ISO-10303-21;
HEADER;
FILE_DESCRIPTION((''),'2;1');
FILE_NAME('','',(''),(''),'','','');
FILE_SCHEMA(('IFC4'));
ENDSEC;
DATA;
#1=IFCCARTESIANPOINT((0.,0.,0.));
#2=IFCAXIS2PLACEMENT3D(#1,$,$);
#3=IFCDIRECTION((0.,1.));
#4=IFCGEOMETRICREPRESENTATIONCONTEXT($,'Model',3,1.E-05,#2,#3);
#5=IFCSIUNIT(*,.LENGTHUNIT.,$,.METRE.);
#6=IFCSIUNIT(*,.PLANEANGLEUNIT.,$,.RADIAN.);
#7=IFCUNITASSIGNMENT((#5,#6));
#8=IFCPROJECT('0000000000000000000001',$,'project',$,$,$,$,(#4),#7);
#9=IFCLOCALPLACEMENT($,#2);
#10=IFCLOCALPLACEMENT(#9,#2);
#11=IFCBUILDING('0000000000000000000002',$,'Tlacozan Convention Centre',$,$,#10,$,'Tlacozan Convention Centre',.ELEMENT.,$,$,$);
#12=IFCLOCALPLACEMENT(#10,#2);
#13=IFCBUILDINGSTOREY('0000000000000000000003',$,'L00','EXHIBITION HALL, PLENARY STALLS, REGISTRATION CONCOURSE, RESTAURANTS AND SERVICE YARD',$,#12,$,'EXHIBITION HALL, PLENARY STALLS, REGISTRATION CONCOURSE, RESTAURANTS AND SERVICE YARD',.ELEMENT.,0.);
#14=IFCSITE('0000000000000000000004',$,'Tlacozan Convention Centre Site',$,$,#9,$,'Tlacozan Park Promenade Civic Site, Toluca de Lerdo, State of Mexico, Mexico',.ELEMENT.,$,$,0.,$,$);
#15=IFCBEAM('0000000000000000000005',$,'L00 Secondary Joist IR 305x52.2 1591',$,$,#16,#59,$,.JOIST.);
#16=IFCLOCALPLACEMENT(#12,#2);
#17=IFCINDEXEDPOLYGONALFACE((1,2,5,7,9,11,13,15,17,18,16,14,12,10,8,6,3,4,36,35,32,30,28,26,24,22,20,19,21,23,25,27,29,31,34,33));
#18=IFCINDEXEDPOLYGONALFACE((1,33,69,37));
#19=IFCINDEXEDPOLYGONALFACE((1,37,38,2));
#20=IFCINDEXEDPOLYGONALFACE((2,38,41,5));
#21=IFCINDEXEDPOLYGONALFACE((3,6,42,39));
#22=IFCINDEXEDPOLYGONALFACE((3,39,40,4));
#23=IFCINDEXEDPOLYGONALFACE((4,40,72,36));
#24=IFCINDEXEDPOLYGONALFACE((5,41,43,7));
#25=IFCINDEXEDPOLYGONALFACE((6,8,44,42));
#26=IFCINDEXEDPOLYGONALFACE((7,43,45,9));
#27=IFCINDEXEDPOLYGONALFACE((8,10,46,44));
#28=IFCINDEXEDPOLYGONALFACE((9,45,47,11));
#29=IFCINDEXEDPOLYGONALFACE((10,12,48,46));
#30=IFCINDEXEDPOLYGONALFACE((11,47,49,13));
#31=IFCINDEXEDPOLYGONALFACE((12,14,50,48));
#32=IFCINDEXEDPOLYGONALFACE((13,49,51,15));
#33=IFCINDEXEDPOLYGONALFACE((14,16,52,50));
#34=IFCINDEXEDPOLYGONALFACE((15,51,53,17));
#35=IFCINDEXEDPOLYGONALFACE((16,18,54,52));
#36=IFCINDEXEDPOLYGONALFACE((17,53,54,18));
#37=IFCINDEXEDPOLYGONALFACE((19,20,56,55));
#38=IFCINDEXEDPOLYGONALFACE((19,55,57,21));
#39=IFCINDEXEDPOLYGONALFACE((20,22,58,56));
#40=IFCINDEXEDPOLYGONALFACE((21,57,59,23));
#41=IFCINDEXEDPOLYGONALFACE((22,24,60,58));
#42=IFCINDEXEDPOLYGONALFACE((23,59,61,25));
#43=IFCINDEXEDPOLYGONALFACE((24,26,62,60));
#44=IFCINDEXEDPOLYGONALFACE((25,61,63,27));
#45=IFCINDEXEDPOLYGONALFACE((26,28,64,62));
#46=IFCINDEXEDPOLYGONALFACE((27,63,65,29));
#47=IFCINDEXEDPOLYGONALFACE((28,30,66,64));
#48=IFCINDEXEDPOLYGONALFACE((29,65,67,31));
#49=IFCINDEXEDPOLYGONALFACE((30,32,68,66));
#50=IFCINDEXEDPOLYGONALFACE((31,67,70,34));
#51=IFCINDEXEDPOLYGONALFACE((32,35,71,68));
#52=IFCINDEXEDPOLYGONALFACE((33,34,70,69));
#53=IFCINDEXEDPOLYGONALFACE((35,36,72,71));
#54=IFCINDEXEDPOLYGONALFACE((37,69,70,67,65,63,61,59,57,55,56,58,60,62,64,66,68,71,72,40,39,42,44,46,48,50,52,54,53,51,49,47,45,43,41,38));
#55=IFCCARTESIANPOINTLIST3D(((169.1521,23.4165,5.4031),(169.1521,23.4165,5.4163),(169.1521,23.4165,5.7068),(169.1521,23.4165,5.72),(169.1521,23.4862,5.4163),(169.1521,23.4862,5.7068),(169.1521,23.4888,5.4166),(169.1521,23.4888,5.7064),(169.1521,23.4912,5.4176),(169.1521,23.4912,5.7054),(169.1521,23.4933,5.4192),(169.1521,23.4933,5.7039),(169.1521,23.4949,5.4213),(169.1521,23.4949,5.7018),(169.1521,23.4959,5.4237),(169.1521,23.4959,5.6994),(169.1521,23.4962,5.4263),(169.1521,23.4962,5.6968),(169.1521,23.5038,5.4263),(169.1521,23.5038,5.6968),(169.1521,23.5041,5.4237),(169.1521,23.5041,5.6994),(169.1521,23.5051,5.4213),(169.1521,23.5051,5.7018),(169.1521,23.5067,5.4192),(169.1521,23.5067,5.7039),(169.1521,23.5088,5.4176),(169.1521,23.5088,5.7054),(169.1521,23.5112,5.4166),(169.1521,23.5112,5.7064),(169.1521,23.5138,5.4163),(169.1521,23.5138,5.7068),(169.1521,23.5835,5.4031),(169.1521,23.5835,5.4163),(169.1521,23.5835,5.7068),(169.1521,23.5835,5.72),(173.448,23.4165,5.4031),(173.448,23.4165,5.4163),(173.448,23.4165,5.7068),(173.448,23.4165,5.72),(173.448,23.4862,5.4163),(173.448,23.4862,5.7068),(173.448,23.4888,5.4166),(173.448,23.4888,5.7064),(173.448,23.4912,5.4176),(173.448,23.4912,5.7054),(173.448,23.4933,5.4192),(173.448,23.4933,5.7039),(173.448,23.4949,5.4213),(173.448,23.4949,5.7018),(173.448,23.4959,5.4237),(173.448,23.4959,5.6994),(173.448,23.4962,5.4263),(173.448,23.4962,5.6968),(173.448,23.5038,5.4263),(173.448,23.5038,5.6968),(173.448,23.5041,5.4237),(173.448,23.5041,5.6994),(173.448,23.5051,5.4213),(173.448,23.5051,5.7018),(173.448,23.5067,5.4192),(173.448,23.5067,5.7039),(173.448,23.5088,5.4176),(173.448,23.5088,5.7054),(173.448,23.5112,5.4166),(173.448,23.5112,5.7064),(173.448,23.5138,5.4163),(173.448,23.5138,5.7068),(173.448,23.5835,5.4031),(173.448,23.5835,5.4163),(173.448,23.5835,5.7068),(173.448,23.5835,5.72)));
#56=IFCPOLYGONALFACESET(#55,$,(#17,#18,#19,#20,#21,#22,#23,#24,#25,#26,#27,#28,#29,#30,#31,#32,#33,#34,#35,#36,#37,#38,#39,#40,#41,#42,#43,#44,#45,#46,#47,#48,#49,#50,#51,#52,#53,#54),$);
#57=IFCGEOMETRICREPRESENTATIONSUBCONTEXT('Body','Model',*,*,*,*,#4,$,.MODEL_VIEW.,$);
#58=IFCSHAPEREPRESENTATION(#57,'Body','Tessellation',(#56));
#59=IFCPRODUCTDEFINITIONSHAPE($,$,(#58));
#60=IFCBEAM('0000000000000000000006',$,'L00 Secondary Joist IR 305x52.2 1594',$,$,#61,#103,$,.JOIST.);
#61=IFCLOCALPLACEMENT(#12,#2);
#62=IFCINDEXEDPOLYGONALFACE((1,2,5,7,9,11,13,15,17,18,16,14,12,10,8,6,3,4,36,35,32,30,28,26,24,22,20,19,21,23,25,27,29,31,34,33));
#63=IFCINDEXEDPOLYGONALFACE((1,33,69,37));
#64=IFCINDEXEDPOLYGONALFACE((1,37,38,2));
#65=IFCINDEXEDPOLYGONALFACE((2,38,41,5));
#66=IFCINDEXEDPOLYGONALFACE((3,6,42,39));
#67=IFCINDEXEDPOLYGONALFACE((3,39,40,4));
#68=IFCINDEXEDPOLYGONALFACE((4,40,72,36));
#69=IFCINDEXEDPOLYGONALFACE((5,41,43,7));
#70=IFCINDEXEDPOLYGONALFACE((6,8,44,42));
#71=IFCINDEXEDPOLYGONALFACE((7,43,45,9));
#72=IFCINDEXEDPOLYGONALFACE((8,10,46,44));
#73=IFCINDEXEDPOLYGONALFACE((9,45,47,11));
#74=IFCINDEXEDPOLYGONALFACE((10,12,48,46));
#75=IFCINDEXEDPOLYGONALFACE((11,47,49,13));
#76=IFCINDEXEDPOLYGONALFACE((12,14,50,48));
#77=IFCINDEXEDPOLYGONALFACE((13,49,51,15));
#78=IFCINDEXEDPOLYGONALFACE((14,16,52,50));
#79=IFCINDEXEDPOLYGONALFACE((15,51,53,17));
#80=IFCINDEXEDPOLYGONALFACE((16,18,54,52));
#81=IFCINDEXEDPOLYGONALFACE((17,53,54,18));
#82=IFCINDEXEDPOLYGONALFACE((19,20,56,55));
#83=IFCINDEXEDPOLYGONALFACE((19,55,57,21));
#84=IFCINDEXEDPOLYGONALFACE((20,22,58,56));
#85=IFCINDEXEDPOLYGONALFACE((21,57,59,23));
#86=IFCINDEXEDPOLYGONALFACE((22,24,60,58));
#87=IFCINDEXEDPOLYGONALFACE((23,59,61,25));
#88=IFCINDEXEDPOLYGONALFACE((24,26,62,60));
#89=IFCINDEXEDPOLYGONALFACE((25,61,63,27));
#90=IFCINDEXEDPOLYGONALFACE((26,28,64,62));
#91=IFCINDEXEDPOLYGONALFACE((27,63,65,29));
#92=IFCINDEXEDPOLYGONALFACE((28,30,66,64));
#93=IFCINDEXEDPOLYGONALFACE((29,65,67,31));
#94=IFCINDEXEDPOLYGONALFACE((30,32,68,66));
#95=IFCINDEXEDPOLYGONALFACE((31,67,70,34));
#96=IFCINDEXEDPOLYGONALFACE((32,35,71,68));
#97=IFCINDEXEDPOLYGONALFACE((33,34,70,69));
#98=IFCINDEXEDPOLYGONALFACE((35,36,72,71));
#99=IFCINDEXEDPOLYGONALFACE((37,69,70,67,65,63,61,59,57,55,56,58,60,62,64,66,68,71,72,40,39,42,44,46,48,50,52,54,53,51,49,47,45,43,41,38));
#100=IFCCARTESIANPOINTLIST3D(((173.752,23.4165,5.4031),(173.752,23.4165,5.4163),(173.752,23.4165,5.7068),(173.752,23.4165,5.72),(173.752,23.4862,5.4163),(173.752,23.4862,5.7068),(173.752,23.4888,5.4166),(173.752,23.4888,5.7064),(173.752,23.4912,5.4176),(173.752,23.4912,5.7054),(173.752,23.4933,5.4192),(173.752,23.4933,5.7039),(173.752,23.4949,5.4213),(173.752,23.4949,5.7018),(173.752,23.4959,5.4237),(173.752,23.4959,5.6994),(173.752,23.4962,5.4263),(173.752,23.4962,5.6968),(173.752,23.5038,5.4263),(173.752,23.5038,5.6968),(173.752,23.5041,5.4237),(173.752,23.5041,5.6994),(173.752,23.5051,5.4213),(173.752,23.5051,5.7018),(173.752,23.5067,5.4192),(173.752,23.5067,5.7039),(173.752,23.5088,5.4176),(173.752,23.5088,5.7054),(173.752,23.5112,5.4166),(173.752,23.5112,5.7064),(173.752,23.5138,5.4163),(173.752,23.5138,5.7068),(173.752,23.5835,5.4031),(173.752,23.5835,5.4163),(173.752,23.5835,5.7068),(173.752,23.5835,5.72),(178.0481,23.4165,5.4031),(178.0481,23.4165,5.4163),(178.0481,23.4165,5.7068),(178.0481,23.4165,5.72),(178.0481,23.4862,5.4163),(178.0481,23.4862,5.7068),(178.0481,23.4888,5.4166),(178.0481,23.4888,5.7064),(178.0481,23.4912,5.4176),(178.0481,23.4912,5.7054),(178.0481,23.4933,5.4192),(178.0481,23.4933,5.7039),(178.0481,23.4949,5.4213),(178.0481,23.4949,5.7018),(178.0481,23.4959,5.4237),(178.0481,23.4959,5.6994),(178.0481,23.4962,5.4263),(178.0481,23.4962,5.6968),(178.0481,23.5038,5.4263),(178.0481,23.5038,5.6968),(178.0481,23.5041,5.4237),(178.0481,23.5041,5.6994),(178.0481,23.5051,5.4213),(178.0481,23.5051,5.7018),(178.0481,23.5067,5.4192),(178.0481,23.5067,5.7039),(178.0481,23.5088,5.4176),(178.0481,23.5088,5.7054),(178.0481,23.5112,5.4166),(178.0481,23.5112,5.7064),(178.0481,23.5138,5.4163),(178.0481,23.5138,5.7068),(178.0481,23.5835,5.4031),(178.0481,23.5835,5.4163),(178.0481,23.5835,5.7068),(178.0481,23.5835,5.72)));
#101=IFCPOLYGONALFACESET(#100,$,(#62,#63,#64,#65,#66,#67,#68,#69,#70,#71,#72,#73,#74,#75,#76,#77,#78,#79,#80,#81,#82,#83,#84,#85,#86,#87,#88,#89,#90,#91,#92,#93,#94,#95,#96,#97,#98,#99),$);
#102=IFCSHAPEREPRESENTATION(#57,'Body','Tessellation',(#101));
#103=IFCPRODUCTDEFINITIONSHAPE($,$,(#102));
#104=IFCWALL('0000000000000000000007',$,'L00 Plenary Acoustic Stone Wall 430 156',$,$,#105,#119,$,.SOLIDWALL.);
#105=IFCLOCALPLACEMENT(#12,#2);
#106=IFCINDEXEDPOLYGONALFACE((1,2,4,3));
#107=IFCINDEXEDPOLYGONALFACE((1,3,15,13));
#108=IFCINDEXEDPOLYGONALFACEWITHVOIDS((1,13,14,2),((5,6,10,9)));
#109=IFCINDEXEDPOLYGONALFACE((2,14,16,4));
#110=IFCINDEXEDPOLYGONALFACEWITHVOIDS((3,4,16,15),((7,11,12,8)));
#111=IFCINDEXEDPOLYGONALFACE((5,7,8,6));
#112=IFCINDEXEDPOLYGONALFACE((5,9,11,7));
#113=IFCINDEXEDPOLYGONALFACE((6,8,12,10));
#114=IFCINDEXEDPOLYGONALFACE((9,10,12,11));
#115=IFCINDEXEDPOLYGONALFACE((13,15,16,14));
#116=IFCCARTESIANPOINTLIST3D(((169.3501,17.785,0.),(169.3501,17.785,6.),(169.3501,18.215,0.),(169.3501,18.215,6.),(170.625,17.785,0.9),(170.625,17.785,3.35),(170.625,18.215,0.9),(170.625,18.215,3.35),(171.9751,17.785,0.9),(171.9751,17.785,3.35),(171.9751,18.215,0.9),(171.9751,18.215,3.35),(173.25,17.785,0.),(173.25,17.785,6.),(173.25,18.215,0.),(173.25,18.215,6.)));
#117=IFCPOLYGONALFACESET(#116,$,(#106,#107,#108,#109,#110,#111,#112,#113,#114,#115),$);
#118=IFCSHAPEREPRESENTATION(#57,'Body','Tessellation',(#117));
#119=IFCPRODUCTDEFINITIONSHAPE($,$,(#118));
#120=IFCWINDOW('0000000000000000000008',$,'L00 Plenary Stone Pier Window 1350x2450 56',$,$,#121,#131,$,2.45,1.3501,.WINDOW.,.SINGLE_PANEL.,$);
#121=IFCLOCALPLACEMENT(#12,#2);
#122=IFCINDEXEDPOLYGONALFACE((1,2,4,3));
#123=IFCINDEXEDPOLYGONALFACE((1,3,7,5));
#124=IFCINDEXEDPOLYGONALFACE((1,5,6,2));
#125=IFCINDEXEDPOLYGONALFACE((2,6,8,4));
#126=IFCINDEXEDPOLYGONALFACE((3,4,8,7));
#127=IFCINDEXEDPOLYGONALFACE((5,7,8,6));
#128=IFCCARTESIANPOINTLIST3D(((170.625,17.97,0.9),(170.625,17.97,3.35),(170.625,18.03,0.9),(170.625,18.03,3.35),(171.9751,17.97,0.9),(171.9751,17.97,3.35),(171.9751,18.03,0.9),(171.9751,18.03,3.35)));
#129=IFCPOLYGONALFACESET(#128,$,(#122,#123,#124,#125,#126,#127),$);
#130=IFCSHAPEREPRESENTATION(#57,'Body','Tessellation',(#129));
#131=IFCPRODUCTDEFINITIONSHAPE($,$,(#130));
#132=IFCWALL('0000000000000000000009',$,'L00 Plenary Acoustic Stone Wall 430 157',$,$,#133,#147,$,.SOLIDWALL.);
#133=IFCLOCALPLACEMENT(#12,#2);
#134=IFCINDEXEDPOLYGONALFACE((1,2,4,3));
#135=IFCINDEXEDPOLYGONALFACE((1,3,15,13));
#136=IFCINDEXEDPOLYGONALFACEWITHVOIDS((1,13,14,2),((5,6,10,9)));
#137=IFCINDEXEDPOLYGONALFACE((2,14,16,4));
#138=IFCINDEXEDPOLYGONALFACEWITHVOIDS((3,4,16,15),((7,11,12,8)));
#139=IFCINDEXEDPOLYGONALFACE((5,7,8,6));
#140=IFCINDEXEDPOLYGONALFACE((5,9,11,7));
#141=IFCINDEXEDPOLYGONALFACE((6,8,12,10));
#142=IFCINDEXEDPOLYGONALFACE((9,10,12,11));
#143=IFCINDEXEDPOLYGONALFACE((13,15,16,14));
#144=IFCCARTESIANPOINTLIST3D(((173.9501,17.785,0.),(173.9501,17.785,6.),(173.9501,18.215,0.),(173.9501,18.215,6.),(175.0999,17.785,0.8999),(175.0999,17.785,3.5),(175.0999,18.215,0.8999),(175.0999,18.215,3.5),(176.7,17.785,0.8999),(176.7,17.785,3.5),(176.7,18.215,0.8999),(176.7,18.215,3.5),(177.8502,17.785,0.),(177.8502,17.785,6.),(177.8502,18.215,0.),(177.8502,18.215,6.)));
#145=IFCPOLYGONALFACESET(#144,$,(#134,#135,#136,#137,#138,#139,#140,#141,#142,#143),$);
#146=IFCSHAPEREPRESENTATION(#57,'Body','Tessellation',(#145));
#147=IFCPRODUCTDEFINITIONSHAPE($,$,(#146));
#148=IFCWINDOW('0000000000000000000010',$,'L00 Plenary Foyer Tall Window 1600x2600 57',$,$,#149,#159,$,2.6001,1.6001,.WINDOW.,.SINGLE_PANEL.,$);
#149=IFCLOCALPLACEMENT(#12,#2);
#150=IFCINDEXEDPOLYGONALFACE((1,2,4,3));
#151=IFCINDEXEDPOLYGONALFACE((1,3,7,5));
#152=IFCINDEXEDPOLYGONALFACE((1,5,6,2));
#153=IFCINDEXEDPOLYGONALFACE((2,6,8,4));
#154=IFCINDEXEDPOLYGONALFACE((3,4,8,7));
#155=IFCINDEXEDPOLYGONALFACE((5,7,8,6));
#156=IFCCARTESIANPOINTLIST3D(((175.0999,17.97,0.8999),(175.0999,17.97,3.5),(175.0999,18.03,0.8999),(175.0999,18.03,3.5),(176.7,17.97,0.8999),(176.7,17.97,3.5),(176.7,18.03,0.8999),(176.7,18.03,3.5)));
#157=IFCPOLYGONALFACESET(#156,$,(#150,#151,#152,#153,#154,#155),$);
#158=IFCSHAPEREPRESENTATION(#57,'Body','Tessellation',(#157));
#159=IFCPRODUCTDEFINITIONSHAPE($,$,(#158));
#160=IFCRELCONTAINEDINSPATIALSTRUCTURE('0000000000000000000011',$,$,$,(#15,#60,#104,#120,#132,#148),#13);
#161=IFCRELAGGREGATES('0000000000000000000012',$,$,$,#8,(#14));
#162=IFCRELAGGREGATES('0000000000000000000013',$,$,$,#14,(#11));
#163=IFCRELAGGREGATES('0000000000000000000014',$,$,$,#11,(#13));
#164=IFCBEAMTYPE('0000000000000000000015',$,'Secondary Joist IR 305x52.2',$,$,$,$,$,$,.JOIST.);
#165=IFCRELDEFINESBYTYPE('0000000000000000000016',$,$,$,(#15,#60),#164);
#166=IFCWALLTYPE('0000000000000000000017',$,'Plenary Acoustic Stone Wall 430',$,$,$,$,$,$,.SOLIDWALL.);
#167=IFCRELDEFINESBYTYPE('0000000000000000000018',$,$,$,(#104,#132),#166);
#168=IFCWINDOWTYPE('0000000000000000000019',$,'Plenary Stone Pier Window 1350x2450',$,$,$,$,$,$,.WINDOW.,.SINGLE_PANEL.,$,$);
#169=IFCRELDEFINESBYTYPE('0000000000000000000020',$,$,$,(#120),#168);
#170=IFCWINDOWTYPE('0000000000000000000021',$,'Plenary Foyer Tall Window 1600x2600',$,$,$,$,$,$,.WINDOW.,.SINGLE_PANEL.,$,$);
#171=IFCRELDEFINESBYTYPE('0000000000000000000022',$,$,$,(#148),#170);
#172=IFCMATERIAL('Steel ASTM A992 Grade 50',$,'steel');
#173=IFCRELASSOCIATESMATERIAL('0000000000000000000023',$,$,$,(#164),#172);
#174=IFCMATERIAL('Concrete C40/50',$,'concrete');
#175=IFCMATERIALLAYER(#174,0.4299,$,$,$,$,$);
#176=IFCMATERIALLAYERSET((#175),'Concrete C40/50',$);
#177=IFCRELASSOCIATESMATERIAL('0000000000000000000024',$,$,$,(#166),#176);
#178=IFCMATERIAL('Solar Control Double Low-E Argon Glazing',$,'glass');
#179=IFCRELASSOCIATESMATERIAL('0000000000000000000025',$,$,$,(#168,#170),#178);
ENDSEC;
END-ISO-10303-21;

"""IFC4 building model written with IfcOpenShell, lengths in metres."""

from ifc_helpers import new_model, si_unit, direction, frame, frame_2d, origin, origin_2d, place, context, subcontext, project, spatial, rectangle, i_section, extrude, material, layer, layer_set, material_profile, profile_set, type_object, element, fill, save


model = new_model("IFC4")

# Units and contexts
model_context = context("Model", 3, precision=1e-05, world=origin(), true_north=direction((0.0, 1.0)))
body_context = subcontext(model_context, "Body", "Model", "MODEL_VIEW")
ifc_project = project(units=[si_unit("LENGTHUNIT", "METRE"), si_unit("PLANEANGLEUNIT", "RADIAN")], contexts=[model_context])

# Site, building, storey
site_placement = place(None, origin())
site = spatial("IfcSite", under=ifc_project, at=site_placement, Name="Tlacozan Convention Centre Site", LongName="Tlacozan Park Promenade Civic Site, Toluca de Lerdo, State of Mexico, Mexico", CompositionType="ELEMENT", RefElevation=0.0)
building_placement = place(site_placement, origin())
building = spatial("IfcBuilding", under=site, at=building_placement, Name="Tlacozan Convention Centre", LongName="Tlacozan Convention Centre", CompositionType="ELEMENT")
storey_placement = place(building_placement, origin())
storey = spatial("IfcBuildingStorey", under=building, at=storey_placement, Name="L00", Description="EXHIBITION HALL, PLENARY STALLS, REGISTRATION CONCOURSE, RESTAURANTS AND SERVICE YARD", LongName="EXHIBITION HALL, PLENARY STALLS, REGISTRATION CONCOURSE, RESTAURANTS AND SERVICE YARD", CompositionType="ELEMENT", Elevation=0.0)

# Shared definitions
ifc_material_1 = material(Name="Concrete C40/50", Category="concrete")

# Beams
ifc_material_2 = material(Name="Steel ASTM A992 Grade 50", Category="steel")
ifc_material_profile_1 = material_profile(ifc_material_2, i_section(OverallWidth=0.167, OverallDepth=0.3169, WebThickness=0.0076, FlangeThickness=0.0132, FilletRadius=0.01, at=origin_2d()), Name="IR 305x52.2")
ifc_profile_set_1 = profile_set([ifc_material_profile_1], Name="Steel ASTM A992 Grade 50")
beam_type_1 = type_object("IfcBeamType", Name="Secondary Joist IR 305x52.2", PredefinedType="JOIST", material=ifc_profile_set_1)
beam_1_placement = place(storey_placement, frame((169.1521, 23.5, 5.5615), z_axis=(1.0, 0.0, 0.0), x_axis=(0.0, 1.0, 0.0)))
element("IfcBeam", 1, at=beam_1_placement, inside=storey, type_object=beam_type_1, Name="L00 Secondary Joist IR 305x52.2 1591", PredefinedType="JOIST", context=body_context, shape_type="SweptSolid", body=[
    extrude(i_section(OverallWidth=0.167, OverallDepth=0.3169, WebThickness=0.0076, FlangeThickness=0.0132, FilletRadius=0.01, at=origin_2d()), origin(), (0.0, 0.0, 1.0), 4.2959),
])
beam_2_placement = place(storey_placement, frame((173.752, 23.5, 5.5615), z_axis=(1.0, 0.0, 0.0), x_axis=(0.0, 1.0, 0.0)))
element("IfcBeam", 2, at=beam_2_placement, inside=storey, type_object=beam_type_1, Name="L00 Secondary Joist IR 305x52.2 1594", PredefinedType="JOIST", context=body_context, shape_type="SweptSolid", body=[
    extrude(i_section(OverallWidth=0.167, OverallDepth=0.3169, WebThickness=0.0076, FlangeThickness=0.0132, FilletRadius=0.01, at=origin_2d()), origin(), (0.0, 0.0, 1.0), 4.2961),
])

# Walls, openings, windows
ifc_layer_1 = layer(ifc_material_1, 0.4299)
ifc_layer_set_1 = layer_set([ifc_layer_1], Name="Concrete C40/50")
wall_type_1 = type_object("IfcWallType", Name="Plenary Acoustic Stone Wall 430", PredefinedType="SOLIDWALL", material=ifc_layer_set_1)
wall_1_placement = place(storey_placement, frame((169.3501, 18.0, 0.0), z_axis=(0.0, 0.0, 1.0), x_axis=(1.0, 0.0, 0.0)))
wall_1 = element("IfcWall", 3, at=wall_1_placement, inside=storey, type_object=wall_type_1, Name="L00 Plenary Acoustic Stone Wall 430 156", PredefinedType="SOLIDWALL", context=body_context, shape_type="SweptSolid", body=[
    extrude(rectangle(XDim=3.8999, YDim=0.4299, at=frame_2d((1.95, 0.0))), origin(), (0.0, 0.0, 1.0), 6.0),
])
opening_1_placement = place(wall_1_placement, frame((1.2749, 0.0, 0.8999)))
opening_1 = element("IfcOpeningElement", 4, at=opening_1_placement, cuts=wall_1, PredefinedType="OPENING", context=body_context, shape_type="SweptSolid", body=[
    extrude(rectangle(XDim=1.3501, YDim=2.45, at=frame_2d((0.675, 1.2251))), frame((0.0, 0.2249, 0.0), z_axis=(0.0, -1.0, 0.0), x_axis=(1.0, 0.0, 0.0)), (0.0, 0.0, 1.0), 0.45),
])
ifc_material_3 = material(Name="Solar Control Double Low-E Argon Glazing", Category="glass")
window_type_1 = type_object("IfcWindowType", Name="Plenary Stone Pier Window 1350x2450", PartitioningType="SINGLE_PANEL", PredefinedType="WINDOW", material=ifc_material_3)
window_1_placement = place(opening_1_placement, origin())
window_1 = element("IfcWindow", 5, at=window_1_placement, inside=storey, type_object=window_type_1, Name="L00 Plenary Stone Pier Window 1350x2450 56", OverallHeight=2.45, OverallWidth=1.3501, PartitioningType="SINGLE_PANEL", PredefinedType="WINDOW", context=body_context, shape_type="SweptSolid", body=[
    extrude(rectangle(XDim=1.3501, YDim=2.45, at=frame_2d((0.675, 1.2251))), frame((0.0, 0.03, 0.0), z_axis=(0.0, -1.0, 0.0), x_axis=(1.0, 0.0, 0.0)), (0.0, 0.0, 1.0), 0.0601),
])
fill(opening_1, window_1)
wall_2_placement = place(storey_placement, frame((173.95, 18.0, 0.0), z_axis=(0.0, 0.0, 1.0), x_axis=(1.0, 0.0, 0.0)))
wall_2 = element("IfcWall", 6, at=wall_2_placement, inside=storey, type_object=wall_type_1, Name="L00 Plenary Acoustic Stone Wall 430 157", PredefinedType="SOLIDWALL", context=body_context, shape_type="SweptSolid", body=[
    extrude(rectangle(XDim=3.9001, YDim=0.4299, at=frame_2d((1.9502, 0.0))), origin(), (0.0, 0.0, 1.0), 6.0),
])
opening_2_placement = place(wall_2_placement, frame((1.1499, 0.0, 0.8999)))
opening_2 = element("IfcOpeningElement", 7, at=opening_2_placement, cuts=wall_2, PredefinedType="OPENING", context=body_context, shape_type="SweptSolid", body=[
    extrude(rectangle(XDim=1.6001, YDim=2.6001, at=frame_2d((0.8, 1.3))), frame((0.0, 0.2249, 0.0), z_axis=(0.0, -1.0, 0.0), x_axis=(1.0, 0.0, 0.0)), (0.0, 0.0, 1.0), 0.45),
])
window_type_2 = type_object("IfcWindowType", Name="Plenary Foyer Tall Window 1600x2600", PartitioningType="SINGLE_PANEL", PredefinedType="WINDOW", material=ifc_material_3)
window_2_placement = place(opening_2_placement, origin())
window_2 = element("IfcWindow", 8, at=window_2_placement, inside=storey, type_object=window_type_2, Name="L00 Plenary Foyer Tall Window 1600x2600 57", OverallHeight=2.6001, OverallWidth=1.6001, PartitioningType="SINGLE_PANEL", PredefinedType="WINDOW", context=body_context, shape_type="SweptSolid", body=[
    extrude(rectangle(XDim=1.6001, YDim=2.6001, at=frame_2d((0.8, 1.3))), frame((0.0, 0.03, 0.0), z_axis=(0.0, -1.0, 0.0), x_axis=(1.0, 0.0, 0.0)), (0.0, 0.0, 1.0), 0.0601),
])
fill(opening_2, window_2)

save(model, "model.ifc")
